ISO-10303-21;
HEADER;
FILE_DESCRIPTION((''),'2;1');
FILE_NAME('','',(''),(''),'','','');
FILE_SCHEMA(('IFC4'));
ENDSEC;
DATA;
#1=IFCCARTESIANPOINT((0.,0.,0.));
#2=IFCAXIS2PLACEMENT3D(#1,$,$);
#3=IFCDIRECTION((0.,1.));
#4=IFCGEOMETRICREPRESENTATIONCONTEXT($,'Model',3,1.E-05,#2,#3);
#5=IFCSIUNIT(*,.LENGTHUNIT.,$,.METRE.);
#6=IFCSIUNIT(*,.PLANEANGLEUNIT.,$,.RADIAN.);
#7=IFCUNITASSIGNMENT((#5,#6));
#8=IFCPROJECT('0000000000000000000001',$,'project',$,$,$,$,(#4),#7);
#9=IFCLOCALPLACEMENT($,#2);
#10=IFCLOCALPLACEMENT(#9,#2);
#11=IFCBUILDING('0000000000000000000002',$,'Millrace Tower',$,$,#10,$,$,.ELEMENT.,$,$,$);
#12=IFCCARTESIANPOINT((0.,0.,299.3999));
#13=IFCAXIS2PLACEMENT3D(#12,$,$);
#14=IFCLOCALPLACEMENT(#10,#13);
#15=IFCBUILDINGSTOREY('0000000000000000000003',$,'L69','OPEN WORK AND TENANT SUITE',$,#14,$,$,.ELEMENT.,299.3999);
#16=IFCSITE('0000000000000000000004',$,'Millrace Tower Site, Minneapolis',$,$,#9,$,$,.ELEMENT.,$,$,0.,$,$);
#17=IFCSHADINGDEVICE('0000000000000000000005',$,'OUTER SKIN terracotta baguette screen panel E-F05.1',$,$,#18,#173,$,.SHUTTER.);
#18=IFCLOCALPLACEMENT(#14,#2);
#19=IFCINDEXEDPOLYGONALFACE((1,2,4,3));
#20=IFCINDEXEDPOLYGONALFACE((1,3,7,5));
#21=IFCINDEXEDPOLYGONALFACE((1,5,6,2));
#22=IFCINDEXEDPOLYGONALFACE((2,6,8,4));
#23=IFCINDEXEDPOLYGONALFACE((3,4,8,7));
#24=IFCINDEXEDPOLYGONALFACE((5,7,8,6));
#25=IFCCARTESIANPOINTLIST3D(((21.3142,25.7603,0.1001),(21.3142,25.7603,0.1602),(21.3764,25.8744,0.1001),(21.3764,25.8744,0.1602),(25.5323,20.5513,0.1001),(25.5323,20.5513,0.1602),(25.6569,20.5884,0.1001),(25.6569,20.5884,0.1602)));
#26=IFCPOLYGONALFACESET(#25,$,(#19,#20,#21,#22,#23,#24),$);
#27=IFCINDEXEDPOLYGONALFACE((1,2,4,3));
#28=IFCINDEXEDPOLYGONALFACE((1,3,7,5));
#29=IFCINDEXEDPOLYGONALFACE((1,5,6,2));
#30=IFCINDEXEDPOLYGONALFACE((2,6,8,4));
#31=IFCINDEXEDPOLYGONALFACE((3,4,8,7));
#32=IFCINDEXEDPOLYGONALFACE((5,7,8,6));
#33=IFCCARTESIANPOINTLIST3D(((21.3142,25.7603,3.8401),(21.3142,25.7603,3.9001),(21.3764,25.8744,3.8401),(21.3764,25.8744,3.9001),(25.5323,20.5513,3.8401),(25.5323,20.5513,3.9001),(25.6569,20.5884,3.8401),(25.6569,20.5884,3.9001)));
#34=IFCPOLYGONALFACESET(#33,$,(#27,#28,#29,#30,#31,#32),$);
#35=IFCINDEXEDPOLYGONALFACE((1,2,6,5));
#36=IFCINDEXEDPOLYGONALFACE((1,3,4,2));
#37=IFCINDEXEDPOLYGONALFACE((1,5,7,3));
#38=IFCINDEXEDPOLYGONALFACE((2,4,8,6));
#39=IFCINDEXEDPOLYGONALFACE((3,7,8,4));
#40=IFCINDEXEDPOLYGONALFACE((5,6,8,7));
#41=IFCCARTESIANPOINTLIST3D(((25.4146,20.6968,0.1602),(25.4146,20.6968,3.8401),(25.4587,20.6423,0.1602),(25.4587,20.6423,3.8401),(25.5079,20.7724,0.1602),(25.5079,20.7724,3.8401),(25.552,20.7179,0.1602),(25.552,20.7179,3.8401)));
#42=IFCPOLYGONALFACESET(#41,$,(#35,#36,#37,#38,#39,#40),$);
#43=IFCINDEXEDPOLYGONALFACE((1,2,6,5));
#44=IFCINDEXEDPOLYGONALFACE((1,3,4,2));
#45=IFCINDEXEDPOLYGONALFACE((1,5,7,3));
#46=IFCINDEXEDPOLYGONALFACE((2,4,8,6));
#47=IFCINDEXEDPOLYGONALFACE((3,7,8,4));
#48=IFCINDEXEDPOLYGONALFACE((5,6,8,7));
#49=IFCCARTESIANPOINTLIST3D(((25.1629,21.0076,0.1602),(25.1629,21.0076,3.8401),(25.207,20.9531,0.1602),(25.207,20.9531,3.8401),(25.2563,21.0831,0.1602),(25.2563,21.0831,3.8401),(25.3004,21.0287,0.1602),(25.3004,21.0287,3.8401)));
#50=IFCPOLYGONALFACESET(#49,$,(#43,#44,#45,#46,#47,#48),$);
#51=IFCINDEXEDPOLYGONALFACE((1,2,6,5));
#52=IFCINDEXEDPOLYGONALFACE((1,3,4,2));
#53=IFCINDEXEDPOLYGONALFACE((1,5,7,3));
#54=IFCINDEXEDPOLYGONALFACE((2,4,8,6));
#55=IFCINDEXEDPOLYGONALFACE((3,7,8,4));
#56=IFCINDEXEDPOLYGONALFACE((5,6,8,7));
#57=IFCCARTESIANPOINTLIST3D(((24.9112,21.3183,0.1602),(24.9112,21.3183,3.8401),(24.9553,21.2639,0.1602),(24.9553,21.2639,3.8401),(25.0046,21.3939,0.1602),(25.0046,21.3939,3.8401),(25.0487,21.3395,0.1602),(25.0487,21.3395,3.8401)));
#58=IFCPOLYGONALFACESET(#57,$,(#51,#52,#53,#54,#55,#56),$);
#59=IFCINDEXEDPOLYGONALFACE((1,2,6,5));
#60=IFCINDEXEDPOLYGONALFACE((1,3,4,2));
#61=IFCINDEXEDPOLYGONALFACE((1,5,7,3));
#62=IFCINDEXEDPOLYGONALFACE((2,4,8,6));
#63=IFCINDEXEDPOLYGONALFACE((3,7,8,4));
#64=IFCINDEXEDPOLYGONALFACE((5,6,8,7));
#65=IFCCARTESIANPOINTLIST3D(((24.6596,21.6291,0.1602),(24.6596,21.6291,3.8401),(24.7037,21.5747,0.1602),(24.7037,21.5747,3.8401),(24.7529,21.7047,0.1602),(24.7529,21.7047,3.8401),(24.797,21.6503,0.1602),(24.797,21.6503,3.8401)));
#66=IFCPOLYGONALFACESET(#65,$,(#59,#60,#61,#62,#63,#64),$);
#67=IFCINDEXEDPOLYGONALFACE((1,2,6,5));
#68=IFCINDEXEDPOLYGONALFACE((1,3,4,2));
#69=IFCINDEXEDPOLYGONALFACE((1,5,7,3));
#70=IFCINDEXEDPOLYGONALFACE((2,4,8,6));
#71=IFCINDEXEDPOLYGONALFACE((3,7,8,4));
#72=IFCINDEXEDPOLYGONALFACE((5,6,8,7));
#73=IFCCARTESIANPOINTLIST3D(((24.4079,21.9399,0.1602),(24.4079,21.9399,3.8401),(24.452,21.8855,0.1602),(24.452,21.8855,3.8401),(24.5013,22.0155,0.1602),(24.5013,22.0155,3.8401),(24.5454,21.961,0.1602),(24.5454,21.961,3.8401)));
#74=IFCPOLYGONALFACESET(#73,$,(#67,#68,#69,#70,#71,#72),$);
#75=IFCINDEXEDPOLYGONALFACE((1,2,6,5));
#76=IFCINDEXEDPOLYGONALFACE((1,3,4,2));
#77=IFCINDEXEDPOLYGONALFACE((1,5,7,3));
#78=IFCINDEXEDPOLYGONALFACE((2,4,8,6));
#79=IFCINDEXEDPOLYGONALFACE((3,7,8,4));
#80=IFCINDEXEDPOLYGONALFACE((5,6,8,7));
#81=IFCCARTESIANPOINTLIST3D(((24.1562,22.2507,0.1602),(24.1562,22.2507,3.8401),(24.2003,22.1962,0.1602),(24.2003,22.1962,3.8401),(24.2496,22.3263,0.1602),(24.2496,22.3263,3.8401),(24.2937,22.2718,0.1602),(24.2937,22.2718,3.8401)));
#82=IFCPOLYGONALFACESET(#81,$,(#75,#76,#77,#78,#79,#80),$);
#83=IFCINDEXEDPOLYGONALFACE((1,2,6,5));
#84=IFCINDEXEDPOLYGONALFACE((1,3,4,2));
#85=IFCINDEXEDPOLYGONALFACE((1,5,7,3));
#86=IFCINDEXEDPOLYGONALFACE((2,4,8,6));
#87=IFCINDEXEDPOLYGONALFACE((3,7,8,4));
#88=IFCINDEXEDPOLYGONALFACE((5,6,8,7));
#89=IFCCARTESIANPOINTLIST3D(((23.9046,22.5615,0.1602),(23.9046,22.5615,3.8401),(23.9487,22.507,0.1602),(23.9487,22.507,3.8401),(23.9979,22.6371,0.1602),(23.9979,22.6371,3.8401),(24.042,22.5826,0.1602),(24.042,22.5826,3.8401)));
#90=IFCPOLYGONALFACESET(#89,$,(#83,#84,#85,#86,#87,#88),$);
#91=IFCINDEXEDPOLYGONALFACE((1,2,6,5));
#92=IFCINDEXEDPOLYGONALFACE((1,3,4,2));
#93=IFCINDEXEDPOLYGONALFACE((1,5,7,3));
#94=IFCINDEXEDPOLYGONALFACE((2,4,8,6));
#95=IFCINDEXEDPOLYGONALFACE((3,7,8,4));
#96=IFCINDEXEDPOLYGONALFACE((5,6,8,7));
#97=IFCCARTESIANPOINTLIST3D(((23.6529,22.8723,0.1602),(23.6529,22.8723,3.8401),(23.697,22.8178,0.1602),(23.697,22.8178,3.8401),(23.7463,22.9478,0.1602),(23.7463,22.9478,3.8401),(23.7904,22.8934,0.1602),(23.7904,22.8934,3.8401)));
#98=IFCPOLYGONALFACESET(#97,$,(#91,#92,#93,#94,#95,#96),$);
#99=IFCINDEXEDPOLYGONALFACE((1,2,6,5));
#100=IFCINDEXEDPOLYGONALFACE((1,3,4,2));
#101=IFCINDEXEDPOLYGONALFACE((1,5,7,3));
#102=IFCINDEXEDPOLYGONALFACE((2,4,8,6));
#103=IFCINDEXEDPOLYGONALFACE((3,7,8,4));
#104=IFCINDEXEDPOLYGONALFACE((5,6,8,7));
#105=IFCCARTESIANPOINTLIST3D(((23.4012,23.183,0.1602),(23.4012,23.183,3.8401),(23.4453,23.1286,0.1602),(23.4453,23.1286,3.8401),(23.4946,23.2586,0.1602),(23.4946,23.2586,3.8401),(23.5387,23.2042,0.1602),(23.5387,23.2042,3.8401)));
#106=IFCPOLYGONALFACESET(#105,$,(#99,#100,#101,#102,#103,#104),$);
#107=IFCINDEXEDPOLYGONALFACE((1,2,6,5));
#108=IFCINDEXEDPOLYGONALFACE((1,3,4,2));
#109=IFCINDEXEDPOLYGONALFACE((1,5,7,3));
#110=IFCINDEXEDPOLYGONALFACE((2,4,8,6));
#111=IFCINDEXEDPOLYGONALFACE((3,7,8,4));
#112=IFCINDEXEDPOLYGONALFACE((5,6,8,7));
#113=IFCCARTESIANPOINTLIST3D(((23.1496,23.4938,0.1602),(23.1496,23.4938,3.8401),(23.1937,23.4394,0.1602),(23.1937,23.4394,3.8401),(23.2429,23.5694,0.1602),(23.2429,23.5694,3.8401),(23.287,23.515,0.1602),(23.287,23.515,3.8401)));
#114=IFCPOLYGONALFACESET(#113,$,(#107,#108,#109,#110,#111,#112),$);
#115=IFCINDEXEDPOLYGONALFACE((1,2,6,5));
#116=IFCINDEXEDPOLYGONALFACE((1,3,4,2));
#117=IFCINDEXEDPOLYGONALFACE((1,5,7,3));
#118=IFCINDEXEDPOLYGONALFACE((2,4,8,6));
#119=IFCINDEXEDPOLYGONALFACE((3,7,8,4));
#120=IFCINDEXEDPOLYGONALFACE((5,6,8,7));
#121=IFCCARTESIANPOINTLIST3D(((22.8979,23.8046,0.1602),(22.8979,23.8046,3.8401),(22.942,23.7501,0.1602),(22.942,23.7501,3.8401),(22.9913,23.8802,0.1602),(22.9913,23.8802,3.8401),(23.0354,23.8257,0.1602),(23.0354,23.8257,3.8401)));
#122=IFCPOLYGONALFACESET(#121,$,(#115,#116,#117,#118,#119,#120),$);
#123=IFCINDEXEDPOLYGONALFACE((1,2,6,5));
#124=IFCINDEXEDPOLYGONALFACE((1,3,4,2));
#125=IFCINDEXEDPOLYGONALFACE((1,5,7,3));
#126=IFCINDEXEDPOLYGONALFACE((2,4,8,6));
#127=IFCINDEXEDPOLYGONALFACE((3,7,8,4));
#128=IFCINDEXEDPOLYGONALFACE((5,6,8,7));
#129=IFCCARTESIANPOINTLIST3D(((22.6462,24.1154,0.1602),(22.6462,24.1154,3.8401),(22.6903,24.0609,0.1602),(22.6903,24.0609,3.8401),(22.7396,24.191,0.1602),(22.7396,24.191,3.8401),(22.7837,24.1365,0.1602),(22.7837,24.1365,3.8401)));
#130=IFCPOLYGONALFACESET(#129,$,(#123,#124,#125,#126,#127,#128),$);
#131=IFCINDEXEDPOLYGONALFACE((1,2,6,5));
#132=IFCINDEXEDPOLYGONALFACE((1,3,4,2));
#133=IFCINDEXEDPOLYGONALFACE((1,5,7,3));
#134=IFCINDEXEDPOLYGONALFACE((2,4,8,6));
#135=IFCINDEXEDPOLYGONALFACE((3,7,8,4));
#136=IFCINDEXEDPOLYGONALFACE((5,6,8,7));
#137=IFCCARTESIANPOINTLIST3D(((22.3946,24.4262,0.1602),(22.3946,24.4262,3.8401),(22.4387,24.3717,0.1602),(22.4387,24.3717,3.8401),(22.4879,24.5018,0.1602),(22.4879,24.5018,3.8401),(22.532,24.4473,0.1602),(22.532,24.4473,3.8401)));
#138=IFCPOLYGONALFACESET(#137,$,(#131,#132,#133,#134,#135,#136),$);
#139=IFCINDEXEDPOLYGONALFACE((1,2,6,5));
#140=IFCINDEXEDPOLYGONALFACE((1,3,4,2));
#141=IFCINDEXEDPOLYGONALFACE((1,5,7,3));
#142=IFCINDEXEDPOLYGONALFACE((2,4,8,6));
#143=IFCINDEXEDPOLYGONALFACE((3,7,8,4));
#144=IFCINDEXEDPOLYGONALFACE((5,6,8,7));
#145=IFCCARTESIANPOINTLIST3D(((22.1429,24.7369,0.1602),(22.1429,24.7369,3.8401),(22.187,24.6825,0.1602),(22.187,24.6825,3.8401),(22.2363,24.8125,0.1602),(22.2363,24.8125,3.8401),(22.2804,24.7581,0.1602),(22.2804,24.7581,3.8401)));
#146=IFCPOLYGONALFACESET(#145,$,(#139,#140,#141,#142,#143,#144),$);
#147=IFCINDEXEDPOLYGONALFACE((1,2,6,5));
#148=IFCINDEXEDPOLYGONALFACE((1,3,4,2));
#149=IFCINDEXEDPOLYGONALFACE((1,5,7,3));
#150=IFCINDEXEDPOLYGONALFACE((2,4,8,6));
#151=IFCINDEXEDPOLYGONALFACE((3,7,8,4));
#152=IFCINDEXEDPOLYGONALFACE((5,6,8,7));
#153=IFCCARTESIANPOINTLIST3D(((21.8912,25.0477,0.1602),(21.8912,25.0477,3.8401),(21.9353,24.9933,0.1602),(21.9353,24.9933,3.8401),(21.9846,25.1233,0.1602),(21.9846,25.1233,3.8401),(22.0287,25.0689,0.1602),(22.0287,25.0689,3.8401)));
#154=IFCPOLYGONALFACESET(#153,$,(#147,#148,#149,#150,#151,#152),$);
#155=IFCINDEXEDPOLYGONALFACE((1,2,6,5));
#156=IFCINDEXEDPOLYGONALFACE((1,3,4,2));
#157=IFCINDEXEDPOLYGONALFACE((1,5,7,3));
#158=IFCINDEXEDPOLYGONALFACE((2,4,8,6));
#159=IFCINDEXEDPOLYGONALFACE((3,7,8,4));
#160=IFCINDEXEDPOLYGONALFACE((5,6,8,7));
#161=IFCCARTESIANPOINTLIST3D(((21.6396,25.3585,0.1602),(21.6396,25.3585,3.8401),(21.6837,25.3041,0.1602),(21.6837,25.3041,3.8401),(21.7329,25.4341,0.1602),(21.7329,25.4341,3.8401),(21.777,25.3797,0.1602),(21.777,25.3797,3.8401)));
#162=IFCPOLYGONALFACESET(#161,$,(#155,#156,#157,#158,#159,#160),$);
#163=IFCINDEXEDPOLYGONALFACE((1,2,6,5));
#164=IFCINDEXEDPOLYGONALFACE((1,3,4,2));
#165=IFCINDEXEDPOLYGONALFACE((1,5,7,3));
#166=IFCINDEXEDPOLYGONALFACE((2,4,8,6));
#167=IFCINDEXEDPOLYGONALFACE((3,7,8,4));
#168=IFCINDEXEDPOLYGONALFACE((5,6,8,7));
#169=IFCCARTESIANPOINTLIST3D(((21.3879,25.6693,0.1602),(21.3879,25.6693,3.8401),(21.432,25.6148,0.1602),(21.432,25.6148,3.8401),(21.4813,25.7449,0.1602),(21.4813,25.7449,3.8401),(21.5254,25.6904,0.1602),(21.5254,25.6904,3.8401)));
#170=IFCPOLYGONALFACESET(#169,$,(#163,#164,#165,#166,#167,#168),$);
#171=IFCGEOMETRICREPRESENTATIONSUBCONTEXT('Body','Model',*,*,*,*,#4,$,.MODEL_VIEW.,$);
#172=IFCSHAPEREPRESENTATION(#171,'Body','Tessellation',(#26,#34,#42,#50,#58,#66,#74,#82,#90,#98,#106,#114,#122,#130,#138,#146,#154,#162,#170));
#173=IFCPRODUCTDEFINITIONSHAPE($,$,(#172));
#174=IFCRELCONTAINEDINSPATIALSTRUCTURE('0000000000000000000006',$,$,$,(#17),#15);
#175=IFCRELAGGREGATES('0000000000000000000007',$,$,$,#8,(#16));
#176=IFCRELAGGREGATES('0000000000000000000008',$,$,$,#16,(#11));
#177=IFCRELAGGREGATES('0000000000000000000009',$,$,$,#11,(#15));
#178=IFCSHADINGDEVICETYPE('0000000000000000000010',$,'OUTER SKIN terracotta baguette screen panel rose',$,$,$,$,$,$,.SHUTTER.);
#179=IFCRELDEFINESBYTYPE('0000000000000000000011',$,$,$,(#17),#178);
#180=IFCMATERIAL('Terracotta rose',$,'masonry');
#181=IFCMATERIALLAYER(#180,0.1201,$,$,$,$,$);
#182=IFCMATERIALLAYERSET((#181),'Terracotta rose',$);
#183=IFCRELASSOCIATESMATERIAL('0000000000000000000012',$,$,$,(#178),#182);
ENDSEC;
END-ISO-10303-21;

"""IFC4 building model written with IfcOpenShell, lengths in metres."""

from ifc_helpers import new_model, entity, si_unit, direction, frame, frame_2d, origin, origin_2d, place, context, subcontext, project, spatial, rectangle, extrude, source, transform, mapped, material, layer, layer_set, type_object, element, save


model = new_model("IFC4")

# Units and contexts
model_context = context("Model", 3, precision=1e-05, world=origin(), true_north=direction((0.0, 1.0)))
body_context = subcontext(model_context, "Body", "Model", "MODEL_VIEW")
ifc_project = project(units=[si_unit("LENGTHUNIT", "METRE"), si_unit("PLANEANGLEUNIT", "RADIAN")], contexts=[model_context])

# Site, building, storey
site_placement = place(None, origin())
site = spatial("IfcSite", under=ifc_project, at=site_placement, Name="Millrace Tower Site, Minneapolis", CompositionType="ELEMENT", RefElevation=0.0)
building_placement = place(site_placement, origin())
building = spatial("IfcBuilding", under=site, at=building_placement, Name="Millrace Tower", CompositionType="ELEMENT")
storey_placement = place(building_placement, frame((0.0, 0.0, 299.3999)))
storey = spatial("IfcBuildingStorey", under=building, at=storey_placement, Name="L69", Description="OPEN WORK AND TENANT SUITE", CompositionType="ELEMENT", Elevation=299.3999)

# Shading device
ifc_material_1 = material(Name="Terracotta rose", Category="masonry")
ifc_layer_1 = layer(ifc_material_1, 0.1201)
ifc_layer_set_1 = layer_set([ifc_layer_1], Name="Terracotta rose")
shading_device_type = type_object("IfcShadingDeviceType", Name="OUTER SKIN terracotta baguette screen panel rose", PredefinedType="SHUTTER", material=ifc_layer_set_1)
cartesian_point_1 = entity("IfcCartesianPoint", [-3.3513, 0.0601])
shared_polyline_1 = entity("IfcPolyline", [cartesian_point_1, entity("IfcCartesianPoint", [3.3513, 0.0601]), entity("IfcCartesianPoint", [3.4009, -0.0601]), entity("IfcCartesianPoint", [-3.4009, -0.0601]), cartesian_point_1])
shared_shape_1 = source(origin(), body_context, "Body", "SweptSolid", [
    entity("IfcExtrudedAreaSolid", entity("IfcArbitraryClosedProfileDef", "AREA", None, shared_polyline_1), entity("IfcAxis2Placement3D", entity("IfcCartesianPoint", [0.0, 0.0, 0.0])), entity("IfcDirection", [0.0, 0.0, 1.0]), 0.0601),
    entity("IfcExtrudedAreaSolid", entity("IfcArbitraryClosedProfileDef", "AREA", None, shared_polyline_1), entity("IfcAxis2Placement3D", entity("IfcCartesianPoint", [0.0, 0.0, 3.74])), entity("IfcDirection", [0.0, 0.0, 1.0]), 0.0601),
    extrude(rectangle(XDim=0.0701, YDim=0.1201, at=frame_2d((-3.1992, 0.0))), frame((0.0, 0.0, 0.0601)), (0.0, 0.0, 1.0), 3.6799),
    extrude(rectangle(XDim=0.0701, YDim=0.1201, at=frame_2d((-2.7993, 0.0))), frame((0.0, 0.0, 0.0601)), (0.0, 0.0, 1.0), 3.6799),
    extrude(rectangle(XDim=0.0701, YDim=0.1201, at=frame_2d((-2.3994, 0.0))), frame((0.0, 0.0, 0.0601)), (0.0, 0.0, 1.0), 3.6799),
    extrude(rectangle(XDim=0.0701, YDim=0.1201, at=frame_2d((-1.9995, 0.0))), frame((0.0, 0.0, 0.0601)), (0.0, 0.0, 1.0), 3.6799),
    extrude(rectangle(XDim=0.0701, YDim=0.1201, at=frame_2d((-1.5996, 0.0))), frame((0.0, 0.0, 0.0601)), (0.0, 0.0, 1.0), 3.6799),
    extrude(rectangle(XDim=0.0701, YDim=0.1201, at=frame_2d((-1.1997, 0.0))), frame((0.0, 0.0, 0.0601)), (0.0, 0.0, 1.0), 3.6799),
    extrude(rectangle(XDim=0.0701, YDim=0.1201, at=frame_2d((-0.7998, 0.0))), frame((0.0, 0.0, 0.0601)), (0.0, 0.0, 1.0), 3.6799),
    extrude(rectangle(XDim=0.0701, YDim=0.1201, at=frame_2d((-0.3999, 0.0))), frame((0.0, 0.0, 0.0601)), (0.0, 0.0, 1.0), 3.6799),
    extrude(rectangle(XDim=0.0701, YDim=0.1201, at=origin_2d()), frame((0.0, 0.0, 0.0601)), (0.0, 0.0, 1.0), 3.6799),
    extrude(rectangle(XDim=0.0701, YDim=0.1201, at=frame_2d((0.3999, 0.0))), frame((0.0, 0.0, 0.0601)), (0.0, 0.0, 1.0), 3.6799),
    extrude(rectangle(XDim=0.0701, YDim=0.1201, at=frame_2d((0.7998, 0.0))), frame((0.0, 0.0, 0.0601)), (0.0, 0.0, 1.0), 3.6799),
    extrude(rectangle(XDim=0.0701, YDim=0.1201, at=frame_2d((1.1997, 0.0))), frame((0.0, 0.0, 0.0601)), (0.0, 0.0, 1.0), 3.6799),
    extrude(rectangle(XDim=0.0701, YDim=0.1201, at=frame_2d((1.5996, 0.0))), frame((0.0, 0.0, 0.0601)), (0.0, 0.0, 1.0), 3.6799),
    extrude(rectangle(XDim=0.0701, YDim=0.1201, at=frame_2d((1.9995, 0.0))), frame((0.0, 0.0, 0.0601)), (0.0, 0.0, 1.0), 3.6799),
    extrude(rectangle(XDim=0.0701, YDim=0.1201, at=frame_2d((2.3994, 0.0))), frame((0.0, 0.0, 0.0601)), (0.0, 0.0, 1.0), 3.6799),
    extrude(rectangle(XDim=0.0701, YDim=0.1201, at=frame_2d((2.7993, 0.0))), frame((0.0, 0.0, 0.0601)), (0.0, 0.0, 1.0), 3.6799),
    extrude(rectangle(XDim=0.0701, YDim=0.1201, at=frame_2d((3.1992, 0.0))), frame((0.0, 0.0, 0.0601)), (0.0, 0.0, 1.0), 3.6799),
])
shading_device_1_placement = place(storey_placement, frame((23.47, 23.1936, 0.1001), z_axis=(0.0, 0.0, 1.0), x_axis=(-0.62932, 0.777146, 0.0)))
element("IfcShadingDevice", 1, at=shading_device_1_placement, inside=storey, type_object=shading_device_type, Name="OUTER SKIN terracotta baguette screen panel E-F05.1", PredefinedType="SHUTTER", context=body_context, shape_type="MappedRepresentation", body=[
    mapped(shared_shape_1, transform((0.0, 0.0, 0.0), scale=1.0)),
])

save(model, "model.ifc")
